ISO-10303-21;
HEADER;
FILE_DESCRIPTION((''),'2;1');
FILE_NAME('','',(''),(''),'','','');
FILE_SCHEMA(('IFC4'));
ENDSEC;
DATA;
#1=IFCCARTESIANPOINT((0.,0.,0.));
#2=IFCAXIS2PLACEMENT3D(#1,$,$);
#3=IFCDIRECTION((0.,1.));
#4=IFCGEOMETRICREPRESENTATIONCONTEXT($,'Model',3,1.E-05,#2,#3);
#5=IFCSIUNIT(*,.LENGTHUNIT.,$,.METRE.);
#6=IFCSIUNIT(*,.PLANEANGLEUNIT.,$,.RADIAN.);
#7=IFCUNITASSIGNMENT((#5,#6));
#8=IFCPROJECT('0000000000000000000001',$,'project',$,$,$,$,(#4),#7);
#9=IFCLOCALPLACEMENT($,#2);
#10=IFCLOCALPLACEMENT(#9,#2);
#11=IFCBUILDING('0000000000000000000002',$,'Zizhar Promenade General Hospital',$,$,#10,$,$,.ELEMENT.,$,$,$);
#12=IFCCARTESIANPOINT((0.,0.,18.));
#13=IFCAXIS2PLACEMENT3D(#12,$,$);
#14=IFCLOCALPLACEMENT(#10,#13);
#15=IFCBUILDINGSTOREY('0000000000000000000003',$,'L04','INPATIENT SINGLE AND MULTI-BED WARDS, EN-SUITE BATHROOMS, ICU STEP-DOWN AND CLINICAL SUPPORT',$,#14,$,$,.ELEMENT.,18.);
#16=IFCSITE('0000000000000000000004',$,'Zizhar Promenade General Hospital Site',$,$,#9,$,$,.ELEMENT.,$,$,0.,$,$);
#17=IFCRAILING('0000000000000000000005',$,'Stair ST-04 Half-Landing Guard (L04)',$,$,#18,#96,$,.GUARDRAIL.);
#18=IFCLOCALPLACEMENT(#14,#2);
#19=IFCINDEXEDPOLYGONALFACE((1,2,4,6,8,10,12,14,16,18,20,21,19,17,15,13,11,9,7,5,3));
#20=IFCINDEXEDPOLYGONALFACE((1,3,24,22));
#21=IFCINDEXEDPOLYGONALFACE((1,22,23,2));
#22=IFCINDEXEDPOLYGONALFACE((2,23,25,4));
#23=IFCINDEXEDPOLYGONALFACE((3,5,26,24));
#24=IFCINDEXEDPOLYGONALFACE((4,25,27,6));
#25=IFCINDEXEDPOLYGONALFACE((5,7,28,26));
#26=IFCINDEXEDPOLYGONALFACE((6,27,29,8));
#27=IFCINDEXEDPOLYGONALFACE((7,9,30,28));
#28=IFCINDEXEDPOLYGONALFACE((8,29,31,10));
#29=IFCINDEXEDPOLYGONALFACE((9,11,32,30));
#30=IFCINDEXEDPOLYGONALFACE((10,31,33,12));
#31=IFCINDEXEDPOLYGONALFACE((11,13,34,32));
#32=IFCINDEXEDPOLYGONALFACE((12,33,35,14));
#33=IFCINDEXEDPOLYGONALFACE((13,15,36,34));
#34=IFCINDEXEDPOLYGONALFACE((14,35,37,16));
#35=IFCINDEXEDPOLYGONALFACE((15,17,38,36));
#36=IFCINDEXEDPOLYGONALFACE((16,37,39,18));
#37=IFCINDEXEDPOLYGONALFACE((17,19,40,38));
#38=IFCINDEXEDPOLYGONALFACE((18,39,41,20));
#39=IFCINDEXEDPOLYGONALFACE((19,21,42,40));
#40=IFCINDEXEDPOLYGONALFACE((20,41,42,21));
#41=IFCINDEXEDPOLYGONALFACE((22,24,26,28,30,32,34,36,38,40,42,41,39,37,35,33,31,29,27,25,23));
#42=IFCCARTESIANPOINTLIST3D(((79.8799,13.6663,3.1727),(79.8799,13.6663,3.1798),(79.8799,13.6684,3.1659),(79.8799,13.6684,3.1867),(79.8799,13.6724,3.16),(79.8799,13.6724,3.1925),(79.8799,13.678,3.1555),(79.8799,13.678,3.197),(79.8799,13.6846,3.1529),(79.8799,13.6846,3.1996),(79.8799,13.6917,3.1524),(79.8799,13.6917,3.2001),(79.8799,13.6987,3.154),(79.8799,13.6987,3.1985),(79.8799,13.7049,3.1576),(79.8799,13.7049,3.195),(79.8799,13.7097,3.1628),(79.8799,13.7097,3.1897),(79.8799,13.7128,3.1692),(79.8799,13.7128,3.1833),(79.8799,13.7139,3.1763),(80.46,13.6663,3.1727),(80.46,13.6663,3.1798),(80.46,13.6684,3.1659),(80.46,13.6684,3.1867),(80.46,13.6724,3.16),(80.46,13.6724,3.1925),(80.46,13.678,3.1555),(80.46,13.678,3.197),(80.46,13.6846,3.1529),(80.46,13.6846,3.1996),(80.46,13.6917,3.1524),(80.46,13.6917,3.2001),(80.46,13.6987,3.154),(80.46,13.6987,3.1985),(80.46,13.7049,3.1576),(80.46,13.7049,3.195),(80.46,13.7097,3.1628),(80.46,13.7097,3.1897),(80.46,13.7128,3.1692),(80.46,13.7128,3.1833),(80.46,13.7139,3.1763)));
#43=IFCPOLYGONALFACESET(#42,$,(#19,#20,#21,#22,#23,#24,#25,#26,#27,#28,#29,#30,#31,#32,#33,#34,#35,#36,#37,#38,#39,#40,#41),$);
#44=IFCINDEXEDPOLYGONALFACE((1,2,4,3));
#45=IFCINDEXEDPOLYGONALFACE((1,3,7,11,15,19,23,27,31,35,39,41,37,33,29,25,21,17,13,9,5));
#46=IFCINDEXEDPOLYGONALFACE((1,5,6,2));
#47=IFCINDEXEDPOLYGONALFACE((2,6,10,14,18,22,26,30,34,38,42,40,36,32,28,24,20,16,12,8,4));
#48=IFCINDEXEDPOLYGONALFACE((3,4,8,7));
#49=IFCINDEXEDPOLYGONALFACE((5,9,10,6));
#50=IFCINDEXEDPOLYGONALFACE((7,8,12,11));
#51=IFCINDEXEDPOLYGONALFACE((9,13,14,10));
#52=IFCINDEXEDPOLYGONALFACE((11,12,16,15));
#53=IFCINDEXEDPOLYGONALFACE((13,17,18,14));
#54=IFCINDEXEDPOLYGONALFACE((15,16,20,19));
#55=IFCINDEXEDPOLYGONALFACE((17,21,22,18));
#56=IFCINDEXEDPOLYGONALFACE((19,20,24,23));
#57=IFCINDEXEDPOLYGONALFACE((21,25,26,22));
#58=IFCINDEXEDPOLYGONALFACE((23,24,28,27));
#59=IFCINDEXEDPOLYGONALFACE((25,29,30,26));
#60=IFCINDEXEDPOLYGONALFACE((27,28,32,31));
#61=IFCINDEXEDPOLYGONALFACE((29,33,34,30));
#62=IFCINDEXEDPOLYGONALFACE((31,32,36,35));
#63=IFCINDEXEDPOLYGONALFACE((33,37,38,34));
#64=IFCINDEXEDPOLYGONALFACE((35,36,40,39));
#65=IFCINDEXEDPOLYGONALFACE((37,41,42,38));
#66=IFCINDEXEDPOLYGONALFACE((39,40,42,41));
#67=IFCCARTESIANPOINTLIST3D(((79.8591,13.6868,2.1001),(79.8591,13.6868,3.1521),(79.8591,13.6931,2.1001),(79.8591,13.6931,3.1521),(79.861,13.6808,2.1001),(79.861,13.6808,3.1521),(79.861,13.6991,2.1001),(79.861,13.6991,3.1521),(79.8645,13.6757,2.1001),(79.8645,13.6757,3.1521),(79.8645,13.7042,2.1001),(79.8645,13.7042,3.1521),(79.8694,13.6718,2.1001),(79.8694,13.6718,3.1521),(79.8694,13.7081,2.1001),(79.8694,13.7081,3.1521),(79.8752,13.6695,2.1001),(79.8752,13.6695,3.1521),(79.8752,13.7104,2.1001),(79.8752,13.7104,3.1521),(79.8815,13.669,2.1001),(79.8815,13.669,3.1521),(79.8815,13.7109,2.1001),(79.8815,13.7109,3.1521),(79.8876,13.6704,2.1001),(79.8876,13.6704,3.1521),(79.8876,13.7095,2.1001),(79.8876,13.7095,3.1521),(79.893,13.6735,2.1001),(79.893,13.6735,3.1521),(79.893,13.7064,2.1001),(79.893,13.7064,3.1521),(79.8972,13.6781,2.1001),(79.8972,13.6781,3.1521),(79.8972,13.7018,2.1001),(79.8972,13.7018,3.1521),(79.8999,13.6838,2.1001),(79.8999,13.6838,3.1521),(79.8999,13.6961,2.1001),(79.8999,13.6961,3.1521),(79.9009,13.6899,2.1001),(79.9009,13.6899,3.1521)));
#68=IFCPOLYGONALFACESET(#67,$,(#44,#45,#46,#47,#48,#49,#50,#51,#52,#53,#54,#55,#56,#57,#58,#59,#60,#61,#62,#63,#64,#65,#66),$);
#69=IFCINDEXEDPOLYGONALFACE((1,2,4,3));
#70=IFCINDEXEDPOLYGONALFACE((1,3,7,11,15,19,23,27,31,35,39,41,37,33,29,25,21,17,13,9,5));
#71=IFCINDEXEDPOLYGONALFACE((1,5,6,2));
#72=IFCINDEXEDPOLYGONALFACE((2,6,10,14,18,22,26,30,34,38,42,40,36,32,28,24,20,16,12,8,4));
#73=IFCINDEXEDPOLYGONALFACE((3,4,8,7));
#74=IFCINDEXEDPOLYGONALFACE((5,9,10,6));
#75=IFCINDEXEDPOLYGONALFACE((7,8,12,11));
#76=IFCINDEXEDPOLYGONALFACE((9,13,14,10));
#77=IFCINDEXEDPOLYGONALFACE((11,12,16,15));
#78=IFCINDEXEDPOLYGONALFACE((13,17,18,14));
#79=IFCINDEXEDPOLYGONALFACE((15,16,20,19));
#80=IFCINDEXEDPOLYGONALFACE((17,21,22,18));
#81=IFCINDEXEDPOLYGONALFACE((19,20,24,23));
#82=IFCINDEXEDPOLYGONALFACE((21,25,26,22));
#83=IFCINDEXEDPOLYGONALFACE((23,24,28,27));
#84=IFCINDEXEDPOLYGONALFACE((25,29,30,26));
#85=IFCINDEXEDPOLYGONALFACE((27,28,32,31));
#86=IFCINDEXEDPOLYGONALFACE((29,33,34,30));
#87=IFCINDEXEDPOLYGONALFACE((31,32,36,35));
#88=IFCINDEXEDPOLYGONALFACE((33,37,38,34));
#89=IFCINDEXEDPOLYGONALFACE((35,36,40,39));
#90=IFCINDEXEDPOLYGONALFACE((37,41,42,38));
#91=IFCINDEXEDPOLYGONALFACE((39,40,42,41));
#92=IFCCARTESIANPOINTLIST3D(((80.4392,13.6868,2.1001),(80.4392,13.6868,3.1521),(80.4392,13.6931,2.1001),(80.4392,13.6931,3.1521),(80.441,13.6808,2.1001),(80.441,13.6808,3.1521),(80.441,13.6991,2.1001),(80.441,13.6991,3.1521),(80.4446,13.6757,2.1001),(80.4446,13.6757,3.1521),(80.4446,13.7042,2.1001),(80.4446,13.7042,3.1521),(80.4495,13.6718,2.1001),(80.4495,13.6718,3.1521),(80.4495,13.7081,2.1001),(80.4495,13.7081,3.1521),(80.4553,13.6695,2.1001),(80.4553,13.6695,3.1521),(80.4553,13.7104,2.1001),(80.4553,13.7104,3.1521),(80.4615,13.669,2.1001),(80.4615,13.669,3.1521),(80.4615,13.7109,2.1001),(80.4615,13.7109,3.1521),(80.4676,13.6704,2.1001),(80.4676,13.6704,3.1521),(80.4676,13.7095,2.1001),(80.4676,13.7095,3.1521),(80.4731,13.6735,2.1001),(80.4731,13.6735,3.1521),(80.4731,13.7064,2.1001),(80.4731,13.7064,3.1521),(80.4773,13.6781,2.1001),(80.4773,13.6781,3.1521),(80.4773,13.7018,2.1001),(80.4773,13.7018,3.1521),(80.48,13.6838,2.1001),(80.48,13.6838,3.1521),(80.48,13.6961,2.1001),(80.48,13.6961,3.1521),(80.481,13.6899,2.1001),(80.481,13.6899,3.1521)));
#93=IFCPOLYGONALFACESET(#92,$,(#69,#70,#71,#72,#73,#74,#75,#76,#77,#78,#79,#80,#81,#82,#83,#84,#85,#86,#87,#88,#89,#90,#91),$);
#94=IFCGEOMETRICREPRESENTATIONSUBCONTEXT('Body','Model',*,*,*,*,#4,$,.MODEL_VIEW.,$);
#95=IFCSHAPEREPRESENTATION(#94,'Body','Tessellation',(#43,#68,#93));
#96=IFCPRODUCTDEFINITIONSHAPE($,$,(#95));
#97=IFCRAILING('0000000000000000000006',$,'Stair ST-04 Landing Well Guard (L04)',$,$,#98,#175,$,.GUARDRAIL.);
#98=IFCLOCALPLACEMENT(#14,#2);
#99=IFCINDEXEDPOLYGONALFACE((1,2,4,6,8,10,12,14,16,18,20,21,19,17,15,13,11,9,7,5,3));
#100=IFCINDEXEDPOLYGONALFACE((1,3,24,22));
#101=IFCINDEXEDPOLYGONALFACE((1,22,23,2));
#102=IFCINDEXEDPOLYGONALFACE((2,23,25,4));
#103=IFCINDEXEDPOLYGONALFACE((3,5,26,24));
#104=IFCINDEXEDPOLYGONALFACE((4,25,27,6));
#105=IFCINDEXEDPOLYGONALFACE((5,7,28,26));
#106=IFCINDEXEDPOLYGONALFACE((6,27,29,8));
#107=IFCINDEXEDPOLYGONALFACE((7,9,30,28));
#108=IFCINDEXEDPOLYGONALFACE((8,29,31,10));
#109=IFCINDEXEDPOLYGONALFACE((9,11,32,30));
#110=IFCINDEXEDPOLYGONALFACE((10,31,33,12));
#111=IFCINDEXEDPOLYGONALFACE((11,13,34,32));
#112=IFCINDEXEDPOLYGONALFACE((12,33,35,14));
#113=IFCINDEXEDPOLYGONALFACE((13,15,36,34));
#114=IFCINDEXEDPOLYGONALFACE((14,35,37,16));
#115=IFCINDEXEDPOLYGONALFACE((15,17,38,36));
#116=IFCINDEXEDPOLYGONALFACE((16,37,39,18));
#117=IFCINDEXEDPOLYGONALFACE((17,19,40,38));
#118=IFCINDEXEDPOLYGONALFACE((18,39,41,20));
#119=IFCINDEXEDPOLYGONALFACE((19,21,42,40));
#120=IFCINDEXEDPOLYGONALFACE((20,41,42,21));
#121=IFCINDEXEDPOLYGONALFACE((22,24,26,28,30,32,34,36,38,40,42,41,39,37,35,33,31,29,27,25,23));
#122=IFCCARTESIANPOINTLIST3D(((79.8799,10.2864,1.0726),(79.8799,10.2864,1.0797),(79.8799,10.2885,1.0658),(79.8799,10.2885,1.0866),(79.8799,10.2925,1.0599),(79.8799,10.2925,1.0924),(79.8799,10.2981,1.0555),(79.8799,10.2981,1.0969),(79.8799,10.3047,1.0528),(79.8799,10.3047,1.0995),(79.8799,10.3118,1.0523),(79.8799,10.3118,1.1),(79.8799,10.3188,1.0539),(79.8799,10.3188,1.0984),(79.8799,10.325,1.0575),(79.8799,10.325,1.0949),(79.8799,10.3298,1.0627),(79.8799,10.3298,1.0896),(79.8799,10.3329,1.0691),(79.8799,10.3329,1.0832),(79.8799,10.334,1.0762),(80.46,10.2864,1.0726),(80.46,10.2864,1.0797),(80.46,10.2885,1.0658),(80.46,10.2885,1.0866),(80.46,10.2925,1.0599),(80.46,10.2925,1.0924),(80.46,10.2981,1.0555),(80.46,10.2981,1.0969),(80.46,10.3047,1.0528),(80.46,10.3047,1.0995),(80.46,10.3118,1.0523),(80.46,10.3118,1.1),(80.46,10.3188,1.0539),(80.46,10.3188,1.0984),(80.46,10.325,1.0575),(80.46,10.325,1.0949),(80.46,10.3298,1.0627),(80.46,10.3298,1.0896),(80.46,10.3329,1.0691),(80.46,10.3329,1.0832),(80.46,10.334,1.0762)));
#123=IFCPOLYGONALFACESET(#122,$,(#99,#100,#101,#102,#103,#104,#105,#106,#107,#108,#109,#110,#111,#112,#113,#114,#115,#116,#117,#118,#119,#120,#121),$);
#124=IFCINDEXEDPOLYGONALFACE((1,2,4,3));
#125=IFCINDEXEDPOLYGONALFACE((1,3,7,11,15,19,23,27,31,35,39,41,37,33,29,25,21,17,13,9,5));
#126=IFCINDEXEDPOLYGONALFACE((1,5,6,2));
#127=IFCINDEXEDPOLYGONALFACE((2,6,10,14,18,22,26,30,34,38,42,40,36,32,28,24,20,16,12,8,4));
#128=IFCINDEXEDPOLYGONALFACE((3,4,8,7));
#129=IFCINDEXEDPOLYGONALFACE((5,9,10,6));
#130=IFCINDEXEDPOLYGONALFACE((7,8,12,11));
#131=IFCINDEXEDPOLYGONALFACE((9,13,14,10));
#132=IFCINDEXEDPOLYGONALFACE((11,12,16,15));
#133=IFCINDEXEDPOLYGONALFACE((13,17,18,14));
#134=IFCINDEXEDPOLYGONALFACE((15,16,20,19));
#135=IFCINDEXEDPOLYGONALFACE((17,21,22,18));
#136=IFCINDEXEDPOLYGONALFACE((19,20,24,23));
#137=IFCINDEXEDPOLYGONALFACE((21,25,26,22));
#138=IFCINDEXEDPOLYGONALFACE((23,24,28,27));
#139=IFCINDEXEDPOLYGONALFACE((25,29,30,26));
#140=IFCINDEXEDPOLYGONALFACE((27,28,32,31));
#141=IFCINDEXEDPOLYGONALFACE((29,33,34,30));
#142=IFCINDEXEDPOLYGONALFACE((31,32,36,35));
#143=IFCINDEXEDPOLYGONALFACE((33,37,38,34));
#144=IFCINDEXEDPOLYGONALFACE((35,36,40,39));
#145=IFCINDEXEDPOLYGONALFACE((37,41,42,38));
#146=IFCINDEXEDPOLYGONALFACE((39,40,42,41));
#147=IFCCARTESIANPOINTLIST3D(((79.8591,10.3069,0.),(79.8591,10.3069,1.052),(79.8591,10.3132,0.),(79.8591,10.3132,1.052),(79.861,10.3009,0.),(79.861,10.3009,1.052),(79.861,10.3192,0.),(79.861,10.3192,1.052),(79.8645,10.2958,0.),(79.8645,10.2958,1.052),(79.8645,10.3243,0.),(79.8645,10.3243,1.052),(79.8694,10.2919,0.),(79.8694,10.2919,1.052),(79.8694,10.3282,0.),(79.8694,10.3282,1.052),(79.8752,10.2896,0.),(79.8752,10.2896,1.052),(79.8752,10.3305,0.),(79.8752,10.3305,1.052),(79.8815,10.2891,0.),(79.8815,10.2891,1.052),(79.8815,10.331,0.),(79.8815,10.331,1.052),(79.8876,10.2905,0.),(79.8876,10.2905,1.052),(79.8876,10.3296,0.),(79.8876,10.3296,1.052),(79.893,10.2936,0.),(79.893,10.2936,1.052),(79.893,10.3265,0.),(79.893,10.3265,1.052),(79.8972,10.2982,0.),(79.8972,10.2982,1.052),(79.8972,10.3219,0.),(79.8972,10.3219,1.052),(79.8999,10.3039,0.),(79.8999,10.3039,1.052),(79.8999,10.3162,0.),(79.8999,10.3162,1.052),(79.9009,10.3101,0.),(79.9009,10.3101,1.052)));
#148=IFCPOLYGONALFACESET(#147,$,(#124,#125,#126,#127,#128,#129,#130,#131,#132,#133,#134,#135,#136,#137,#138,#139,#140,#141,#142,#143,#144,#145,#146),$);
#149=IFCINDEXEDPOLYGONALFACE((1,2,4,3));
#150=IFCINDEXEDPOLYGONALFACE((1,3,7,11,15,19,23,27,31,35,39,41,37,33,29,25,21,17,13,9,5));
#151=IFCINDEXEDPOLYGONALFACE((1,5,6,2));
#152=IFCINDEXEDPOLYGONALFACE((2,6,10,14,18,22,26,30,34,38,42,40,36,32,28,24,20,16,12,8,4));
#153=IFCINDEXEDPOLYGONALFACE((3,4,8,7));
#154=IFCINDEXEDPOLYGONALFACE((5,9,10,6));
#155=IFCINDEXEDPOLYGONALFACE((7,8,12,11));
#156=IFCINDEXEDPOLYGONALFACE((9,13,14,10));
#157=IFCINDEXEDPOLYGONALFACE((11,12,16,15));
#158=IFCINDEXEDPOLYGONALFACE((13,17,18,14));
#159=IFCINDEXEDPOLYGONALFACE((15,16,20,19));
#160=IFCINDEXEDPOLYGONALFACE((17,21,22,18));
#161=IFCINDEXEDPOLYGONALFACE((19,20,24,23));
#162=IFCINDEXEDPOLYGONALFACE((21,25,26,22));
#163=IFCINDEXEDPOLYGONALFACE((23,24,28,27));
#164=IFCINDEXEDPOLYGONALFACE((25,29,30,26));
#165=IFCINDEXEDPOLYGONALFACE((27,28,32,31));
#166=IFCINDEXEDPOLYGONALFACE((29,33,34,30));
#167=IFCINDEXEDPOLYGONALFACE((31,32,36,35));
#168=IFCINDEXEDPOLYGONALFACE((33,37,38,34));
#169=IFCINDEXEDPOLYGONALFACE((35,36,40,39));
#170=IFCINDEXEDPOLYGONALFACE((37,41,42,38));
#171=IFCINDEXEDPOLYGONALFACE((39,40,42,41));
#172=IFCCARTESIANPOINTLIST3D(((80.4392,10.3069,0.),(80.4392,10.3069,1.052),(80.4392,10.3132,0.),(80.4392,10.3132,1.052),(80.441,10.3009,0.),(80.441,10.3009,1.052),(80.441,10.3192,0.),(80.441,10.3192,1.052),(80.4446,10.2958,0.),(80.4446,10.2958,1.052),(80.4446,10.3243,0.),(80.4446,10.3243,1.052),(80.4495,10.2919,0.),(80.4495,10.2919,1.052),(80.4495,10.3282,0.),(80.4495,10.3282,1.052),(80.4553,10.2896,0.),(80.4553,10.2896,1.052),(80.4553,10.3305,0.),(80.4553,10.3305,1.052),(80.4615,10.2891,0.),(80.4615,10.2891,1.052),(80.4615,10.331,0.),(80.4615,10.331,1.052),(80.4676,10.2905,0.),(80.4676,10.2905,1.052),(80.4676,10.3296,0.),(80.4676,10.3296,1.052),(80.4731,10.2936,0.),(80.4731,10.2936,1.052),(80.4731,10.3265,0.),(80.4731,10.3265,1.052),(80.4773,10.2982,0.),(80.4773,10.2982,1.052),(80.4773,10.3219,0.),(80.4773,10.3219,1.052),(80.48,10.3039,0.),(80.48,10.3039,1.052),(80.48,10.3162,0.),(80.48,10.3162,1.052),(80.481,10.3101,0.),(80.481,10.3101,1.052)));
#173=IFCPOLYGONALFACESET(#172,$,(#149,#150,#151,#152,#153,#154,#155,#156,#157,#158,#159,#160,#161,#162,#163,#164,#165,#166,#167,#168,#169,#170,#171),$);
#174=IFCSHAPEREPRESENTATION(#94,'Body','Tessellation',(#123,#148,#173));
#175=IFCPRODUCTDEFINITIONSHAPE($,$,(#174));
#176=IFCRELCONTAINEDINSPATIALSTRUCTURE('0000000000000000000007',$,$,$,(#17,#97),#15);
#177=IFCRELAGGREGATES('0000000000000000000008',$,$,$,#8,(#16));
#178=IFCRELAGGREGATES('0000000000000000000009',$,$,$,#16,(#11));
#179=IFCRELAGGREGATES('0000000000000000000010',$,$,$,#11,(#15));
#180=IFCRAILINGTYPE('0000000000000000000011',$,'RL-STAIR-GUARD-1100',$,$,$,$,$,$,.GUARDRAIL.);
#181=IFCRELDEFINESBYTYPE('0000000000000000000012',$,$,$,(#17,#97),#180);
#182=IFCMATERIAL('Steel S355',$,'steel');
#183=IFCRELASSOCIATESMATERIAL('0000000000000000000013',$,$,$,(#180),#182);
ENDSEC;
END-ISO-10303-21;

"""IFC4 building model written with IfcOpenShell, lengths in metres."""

from ifc_helpers import new_model, si_unit, direction, frame, origin, origin_2d, place, context, subcontext, project, spatial, circle, hollow_circle, extrude, material, material_profile, profile_set, type_object, element, save


model = new_model("IFC4")

# Units and contexts
model_context = context("Model", 3, precision=1e-05, world=origin(), true_north=direction((0.0, 1.0)))
body_context = subcontext(model_context, "Body", "Model", "MODEL_VIEW")
ifc_project = project(units=[si_unit("LENGTHUNIT", "METRE"), si_unit("PLANEANGLEUNIT", "RADIAN")], contexts=[model_context])

# Site, building, storey
site_placement = place(None, origin())
site = spatial("IfcSite", under=ifc_project, at=site_placement, Name="Zizhar Promenade General Hospital Site", CompositionType="ELEMENT", RefElevation=0.0)
building_placement = place(site_placement, origin())
building = spatial("IfcBuilding", under=site, at=building_placement, Name="Zizhar Promenade General Hospital", CompositionType="ELEMENT")
storey_placement = place(building_placement, frame((0.0, 0.0, 18.0)))
storey = spatial("IfcBuildingStorey", under=building, at=storey_placement, Name="L04", Description="INPATIENT SINGLE AND MULTI-BED WARDS, EN-SUITE BATHROOMS, ICU STEP-DOWN AND CLINICAL SUPPORT", CompositionType="ELEMENT", Elevation=18.0)

# Railings
ifc_material_1 = material(Name="Steel S355", Category="steel")
ifc_material_profile_1 = material_profile(ifc_material_1, hollow_circle(Radius=0.0698, WallThickness=0.0063, at=origin_2d()))
ifc_profile_set_1 = profile_set([ifc_material_profile_1], Name="Steel S355")
railing_type_1 = type_object("IfcRailingType", Name="RL-STAIR-GUARD-1100", PredefinedType="GUARDRAIL", material=ifc_profile_set_1)
for number, where, name in (
    (1, (79.8799, 13.6899, 2.1001), "Stair ST-04 Half-Landing Guard (L04)"),
    (2, (79.8799, 10.3101, 0.0), "Stair ST-04 Landing Well Guard (L04)"),
):
    element("IfcRailing", number, at=place(storey_placement, frame(where)), inside=storey, type_object=railing_type_1, Name=name, PredefinedType="GUARDRAIL", context=body_context, shape_type="SweptSolid", body=[
        extrude(circle(Radius=0.0239, at=origin_2d()), frame((0.0, 0.0, 1.0762), z_axis=(1.0, 0.0, 0.0), x_axis=(0.0, 1.0, 0.0)), (0.0, 0.0, 1.0), 0.5801),
        extrude(circle(Radius=0.021, at=origin_2d()), origin(), (0.0, 0.0, 1.0), 1.052),
        extrude(circle(Radius=0.021, at=origin_2d()), frame((0.5801, 0.0, 0.0)), (0.0, 0.0, 1.0), 1.052),
    ])

save(model, "model.ifc")
